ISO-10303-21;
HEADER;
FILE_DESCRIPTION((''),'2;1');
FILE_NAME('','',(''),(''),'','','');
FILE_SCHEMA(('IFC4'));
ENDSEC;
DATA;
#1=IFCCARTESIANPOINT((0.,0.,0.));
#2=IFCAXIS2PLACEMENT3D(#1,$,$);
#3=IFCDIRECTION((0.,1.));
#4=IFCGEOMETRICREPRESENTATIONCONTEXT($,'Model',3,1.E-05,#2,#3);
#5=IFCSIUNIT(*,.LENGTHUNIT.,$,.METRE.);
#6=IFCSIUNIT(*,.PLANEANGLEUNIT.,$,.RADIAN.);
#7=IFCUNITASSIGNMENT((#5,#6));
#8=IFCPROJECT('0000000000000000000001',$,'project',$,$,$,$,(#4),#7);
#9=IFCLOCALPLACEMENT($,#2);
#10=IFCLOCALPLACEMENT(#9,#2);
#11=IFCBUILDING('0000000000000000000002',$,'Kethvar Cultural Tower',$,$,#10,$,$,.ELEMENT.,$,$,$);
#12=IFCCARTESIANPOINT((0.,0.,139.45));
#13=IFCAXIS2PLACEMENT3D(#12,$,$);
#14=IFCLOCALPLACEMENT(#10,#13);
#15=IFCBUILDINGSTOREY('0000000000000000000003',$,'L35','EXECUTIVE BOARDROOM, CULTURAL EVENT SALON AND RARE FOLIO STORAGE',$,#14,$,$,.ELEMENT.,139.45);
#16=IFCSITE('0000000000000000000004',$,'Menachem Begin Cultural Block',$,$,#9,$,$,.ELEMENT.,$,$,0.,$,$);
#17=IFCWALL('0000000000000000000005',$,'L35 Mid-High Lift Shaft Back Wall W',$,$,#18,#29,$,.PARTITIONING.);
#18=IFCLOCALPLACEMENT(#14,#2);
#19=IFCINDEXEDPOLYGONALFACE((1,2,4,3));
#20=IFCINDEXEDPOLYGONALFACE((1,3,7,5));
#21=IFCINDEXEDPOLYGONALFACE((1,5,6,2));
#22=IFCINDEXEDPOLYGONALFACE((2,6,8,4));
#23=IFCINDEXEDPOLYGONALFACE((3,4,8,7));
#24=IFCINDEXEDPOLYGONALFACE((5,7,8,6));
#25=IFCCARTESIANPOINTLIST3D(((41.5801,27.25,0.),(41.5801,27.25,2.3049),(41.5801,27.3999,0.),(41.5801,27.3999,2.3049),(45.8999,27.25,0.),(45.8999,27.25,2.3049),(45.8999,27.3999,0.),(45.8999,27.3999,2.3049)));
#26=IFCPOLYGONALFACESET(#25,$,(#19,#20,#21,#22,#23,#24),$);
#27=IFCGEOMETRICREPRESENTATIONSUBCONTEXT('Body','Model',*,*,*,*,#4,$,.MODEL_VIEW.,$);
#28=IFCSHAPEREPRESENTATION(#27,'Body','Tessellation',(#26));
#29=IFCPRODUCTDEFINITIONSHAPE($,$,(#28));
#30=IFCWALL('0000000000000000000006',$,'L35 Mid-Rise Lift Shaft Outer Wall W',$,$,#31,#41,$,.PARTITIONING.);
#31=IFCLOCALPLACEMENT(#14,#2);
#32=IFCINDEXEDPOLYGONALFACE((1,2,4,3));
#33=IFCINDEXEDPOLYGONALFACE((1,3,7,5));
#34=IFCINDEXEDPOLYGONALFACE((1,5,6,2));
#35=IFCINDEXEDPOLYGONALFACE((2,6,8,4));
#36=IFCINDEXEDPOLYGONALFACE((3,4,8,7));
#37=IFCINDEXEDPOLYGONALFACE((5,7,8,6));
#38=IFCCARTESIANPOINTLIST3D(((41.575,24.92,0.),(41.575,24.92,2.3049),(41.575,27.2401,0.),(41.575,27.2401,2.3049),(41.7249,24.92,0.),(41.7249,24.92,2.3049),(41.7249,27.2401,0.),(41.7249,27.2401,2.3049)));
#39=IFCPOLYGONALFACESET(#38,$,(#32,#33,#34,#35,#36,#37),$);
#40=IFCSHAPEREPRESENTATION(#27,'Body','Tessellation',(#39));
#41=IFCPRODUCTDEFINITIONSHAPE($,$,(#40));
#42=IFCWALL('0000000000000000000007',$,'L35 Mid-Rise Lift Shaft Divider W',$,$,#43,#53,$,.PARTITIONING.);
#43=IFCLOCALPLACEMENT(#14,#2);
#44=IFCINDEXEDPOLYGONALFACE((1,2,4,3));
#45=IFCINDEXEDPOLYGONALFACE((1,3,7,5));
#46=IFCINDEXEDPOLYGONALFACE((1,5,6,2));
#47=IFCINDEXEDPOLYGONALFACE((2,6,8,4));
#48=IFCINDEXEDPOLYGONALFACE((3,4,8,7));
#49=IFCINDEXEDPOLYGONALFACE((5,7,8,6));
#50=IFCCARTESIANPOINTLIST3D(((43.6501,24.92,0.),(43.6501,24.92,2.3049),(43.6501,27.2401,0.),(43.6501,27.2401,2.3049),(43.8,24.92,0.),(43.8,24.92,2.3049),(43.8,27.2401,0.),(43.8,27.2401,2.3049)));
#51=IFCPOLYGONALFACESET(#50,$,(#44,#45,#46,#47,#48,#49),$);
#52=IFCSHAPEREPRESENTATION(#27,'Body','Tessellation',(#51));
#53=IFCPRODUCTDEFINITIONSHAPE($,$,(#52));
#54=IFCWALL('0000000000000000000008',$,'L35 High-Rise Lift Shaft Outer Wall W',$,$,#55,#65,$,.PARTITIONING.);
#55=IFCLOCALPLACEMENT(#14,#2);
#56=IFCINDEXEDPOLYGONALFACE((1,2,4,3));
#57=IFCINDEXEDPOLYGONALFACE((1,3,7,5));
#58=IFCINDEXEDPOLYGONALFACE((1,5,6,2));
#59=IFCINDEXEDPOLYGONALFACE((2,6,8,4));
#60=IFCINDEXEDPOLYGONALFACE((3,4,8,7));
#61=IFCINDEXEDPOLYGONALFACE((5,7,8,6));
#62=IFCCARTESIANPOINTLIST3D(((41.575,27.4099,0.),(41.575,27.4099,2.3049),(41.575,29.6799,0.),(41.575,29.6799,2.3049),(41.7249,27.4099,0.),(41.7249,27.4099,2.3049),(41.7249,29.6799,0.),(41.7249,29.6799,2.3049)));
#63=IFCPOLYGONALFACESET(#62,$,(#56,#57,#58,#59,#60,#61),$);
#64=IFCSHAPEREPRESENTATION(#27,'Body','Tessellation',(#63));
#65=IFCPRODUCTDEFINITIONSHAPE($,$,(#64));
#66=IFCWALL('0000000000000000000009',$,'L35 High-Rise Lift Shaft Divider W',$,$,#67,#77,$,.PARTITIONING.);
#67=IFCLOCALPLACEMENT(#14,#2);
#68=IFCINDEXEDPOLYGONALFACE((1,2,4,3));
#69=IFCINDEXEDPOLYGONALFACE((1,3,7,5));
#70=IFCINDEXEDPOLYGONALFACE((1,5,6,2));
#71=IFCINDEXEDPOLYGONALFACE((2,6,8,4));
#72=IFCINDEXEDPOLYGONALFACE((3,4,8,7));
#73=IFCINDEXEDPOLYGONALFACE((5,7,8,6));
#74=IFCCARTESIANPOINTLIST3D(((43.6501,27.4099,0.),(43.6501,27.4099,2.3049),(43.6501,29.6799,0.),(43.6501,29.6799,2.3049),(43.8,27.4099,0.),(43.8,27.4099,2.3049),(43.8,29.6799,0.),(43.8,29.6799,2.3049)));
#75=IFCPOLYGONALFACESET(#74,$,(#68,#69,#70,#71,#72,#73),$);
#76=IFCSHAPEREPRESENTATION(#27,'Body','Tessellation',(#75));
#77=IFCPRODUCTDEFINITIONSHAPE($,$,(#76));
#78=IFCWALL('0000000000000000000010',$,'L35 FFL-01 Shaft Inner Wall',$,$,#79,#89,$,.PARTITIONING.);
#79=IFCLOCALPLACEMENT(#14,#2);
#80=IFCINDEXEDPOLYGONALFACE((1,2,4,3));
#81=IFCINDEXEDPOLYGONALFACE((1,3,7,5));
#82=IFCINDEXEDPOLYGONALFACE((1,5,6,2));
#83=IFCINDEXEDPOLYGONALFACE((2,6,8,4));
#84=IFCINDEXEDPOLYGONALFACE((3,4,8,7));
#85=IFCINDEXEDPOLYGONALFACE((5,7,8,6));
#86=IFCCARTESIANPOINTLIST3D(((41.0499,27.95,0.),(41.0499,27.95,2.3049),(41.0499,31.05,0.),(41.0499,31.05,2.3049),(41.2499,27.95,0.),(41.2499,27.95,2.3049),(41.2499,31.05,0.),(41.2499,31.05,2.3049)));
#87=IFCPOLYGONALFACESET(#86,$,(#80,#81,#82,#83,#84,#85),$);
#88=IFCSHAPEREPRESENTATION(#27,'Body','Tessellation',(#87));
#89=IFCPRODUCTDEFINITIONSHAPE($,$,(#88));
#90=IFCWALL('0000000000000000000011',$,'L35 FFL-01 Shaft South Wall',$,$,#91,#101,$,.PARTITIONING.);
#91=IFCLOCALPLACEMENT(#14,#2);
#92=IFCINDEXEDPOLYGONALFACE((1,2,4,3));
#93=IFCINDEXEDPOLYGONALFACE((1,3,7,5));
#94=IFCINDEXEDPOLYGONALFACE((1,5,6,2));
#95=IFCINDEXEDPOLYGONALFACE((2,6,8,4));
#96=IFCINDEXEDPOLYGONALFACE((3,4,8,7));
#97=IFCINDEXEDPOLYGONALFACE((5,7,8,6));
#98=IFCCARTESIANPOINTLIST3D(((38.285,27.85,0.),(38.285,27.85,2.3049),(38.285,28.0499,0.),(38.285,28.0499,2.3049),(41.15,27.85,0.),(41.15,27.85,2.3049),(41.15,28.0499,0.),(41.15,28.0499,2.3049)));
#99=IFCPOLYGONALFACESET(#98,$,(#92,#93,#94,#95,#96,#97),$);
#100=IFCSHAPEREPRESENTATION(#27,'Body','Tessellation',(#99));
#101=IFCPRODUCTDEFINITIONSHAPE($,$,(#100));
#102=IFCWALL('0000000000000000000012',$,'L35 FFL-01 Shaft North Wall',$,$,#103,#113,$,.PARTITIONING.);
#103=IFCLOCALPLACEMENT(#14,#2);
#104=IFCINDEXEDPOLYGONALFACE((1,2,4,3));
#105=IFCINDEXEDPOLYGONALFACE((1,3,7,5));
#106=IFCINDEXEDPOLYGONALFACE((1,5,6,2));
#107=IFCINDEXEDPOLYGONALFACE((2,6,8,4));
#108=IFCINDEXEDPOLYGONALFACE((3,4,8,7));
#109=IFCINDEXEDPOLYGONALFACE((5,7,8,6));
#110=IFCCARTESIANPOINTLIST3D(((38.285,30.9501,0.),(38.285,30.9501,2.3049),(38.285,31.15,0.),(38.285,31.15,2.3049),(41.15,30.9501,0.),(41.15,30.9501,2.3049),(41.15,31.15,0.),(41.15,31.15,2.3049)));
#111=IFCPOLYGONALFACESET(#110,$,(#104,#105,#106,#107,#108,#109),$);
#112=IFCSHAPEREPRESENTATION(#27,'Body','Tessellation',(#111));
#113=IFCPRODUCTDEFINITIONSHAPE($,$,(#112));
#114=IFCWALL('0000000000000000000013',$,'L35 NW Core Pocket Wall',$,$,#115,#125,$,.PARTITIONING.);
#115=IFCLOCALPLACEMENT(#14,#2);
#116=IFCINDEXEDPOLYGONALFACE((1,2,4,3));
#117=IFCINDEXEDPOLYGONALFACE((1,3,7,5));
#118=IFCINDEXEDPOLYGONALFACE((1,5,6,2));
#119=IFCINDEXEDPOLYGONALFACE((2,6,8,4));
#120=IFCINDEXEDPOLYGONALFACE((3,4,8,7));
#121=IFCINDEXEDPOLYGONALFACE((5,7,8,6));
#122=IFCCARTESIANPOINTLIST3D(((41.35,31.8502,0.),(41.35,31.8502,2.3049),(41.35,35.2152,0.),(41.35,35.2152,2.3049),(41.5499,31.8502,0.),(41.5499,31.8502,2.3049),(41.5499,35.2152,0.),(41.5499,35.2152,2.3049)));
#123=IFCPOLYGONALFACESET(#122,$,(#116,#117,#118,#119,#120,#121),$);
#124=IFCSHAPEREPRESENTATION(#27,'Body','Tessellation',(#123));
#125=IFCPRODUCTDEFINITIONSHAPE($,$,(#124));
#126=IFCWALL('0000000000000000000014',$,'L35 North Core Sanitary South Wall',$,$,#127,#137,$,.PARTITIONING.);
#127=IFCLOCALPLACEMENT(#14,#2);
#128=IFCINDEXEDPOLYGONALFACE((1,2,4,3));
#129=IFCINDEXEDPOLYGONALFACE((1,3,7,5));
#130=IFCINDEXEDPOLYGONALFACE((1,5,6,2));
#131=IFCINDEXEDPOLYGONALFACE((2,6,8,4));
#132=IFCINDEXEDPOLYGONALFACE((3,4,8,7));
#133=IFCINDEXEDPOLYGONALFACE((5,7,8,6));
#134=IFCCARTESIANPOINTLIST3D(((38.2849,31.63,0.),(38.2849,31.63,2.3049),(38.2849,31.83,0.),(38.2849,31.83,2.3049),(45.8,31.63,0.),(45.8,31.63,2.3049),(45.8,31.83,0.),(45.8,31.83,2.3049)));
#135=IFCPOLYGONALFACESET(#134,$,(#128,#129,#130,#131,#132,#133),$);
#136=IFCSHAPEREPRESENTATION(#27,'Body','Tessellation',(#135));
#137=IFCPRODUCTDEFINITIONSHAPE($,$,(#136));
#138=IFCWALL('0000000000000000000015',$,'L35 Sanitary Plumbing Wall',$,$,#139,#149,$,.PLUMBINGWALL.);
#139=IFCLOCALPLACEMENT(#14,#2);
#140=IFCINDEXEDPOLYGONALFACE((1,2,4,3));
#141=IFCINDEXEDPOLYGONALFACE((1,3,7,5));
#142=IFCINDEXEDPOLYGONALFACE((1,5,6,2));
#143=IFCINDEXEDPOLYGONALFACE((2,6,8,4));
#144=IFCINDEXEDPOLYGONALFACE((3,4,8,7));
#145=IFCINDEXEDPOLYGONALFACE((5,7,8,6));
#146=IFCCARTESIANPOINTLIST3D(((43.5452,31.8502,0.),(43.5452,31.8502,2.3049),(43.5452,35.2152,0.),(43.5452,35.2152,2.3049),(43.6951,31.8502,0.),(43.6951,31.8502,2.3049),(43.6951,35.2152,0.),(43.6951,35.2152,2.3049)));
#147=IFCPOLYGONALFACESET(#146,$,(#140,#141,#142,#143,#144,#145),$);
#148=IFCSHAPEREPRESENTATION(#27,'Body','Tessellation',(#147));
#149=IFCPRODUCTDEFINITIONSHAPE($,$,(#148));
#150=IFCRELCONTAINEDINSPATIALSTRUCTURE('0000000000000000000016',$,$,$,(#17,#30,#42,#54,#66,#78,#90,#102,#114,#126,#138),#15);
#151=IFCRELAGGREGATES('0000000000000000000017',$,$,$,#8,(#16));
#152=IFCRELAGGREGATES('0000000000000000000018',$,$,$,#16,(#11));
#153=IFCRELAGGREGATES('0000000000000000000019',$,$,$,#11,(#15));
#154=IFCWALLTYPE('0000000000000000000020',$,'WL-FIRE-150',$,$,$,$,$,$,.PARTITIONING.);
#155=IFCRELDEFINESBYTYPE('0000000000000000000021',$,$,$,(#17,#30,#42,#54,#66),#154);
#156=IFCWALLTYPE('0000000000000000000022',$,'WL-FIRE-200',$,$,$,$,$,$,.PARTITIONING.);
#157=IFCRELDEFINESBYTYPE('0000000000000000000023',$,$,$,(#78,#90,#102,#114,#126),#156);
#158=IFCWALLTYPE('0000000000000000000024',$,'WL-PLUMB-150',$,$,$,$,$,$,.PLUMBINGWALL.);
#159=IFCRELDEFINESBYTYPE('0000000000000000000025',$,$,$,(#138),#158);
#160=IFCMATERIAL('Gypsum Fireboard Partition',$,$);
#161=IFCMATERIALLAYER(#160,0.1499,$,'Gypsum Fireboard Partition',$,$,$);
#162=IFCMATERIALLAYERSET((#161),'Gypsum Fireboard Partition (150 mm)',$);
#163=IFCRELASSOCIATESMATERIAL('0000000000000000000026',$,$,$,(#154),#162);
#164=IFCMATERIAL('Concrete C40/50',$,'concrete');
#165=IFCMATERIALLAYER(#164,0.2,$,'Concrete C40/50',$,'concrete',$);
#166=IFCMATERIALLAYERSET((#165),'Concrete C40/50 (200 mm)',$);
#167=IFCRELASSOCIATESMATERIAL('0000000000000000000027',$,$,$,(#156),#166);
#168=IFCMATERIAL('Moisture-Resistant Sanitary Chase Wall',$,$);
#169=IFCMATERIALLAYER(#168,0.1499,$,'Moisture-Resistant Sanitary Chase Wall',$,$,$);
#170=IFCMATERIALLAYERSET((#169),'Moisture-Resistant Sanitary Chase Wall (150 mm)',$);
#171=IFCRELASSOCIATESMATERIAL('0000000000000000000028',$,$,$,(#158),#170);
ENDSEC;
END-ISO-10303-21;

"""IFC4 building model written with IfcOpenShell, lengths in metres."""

from ifc_helpers import new_model, si_unit, direction, frame, frame_2d, origin, place, context, subcontext, project, spatial, rectangle, extrude, material, layer, layer_set, type_object, element, save


model = new_model("IFC4")

# Units and contexts
model_context = context("Model", 3, precision=1e-05, world=origin(), true_north=direction((0.0, 1.0)))
body_context = subcontext(model_context, "Body", "Model", "MODEL_VIEW")
ifc_project = project(units=[si_unit("LENGTHUNIT", "METRE"), si_unit("PLANEANGLEUNIT", "RADIAN")], contexts=[model_context])

# Site, building, storey
site_placement = place(None, origin())
site = spatial("IfcSite", under=ifc_project, at=site_placement, Name="Menachem Begin Cultural Block", CompositionType="ELEMENT", RefElevation=0.0)
building_placement = place(site_placement, origin())
building = spatial("IfcBuilding", under=site, at=building_placement, Name="Kethvar Cultural Tower", CompositionType="ELEMENT")
storey_placement = place(building_placement, frame((0.0, 0.0, 139.45)))
storey = spatial("IfcBuildingStorey", under=building, at=storey_placement, Name="L35", Description="EXECUTIVE BOARDROOM, CULTURAL EVENT SALON AND RARE FOLIO STORAGE", CompositionType="ELEMENT", Elevation=139.45)

# Walls
ifc_material_1 = material(Name="Gypsum Fireboard Partition")
ifc_layer_1 = layer(ifc_material_1, 0.1499, Name="Gypsum Fireboard Partition")
ifc_layer_set_1 = layer_set([ifc_layer_1], Name="Gypsum Fireboard Partition (150 mm)")
wall_type_1 = type_object("IfcWallType", Name="WL-FIRE-150", PredefinedType="PARTITIONING", material=ifc_layer_set_1)
wall_1_placement = place(storey_placement, frame((41.5801, 27.325, 0.0), z_axis=(0.0, 0.0, 1.0), x_axis=(1.0, 0.0, 0.0)))
element("IfcWall", 1, at=wall_1_placement, inside=storey, type_object=wall_type_1, Name="L35 Mid-High Lift Shaft Back Wall W", PredefinedType="PARTITIONING", context=body_context, shape_type="SweptSolid", body=[
    extrude(rectangle(XDim=4.3198, YDim=0.1499, at=frame_2d((2.1599, 0.0))), origin(), (0.0, 0.0, 1.0), 2.3049),
])
for number, where, z_axis, x_axis, name in (
    (2, (41.6499, 24.9199, 0.0), (0.0, 0.0, 1.0), (0.0, 1.0, 0.0), "L35 Mid-Rise Lift Shaft Outer Wall W"),
    (3, (43.7251, 24.9199, 0.0), (0.0, 0.0, 1.0), (0.0, 1.0, 0.0), "L35 Mid-Rise Lift Shaft Divider W"),
):
    element("IfcWall", number, at=place(storey_placement, frame(where, z_axis=z_axis, x_axis=x_axis)), inside=storey, type_object=wall_type_1, Name=name, PredefinedType="PARTITIONING", context=body_context, shape_type="SweptSolid", body=[
        extrude(rectangle(XDim=2.3201, YDim=0.1499, at=frame_2d((1.1602, 0.0))), origin(), (0.0, 0.0, 1.0), 2.3049),
    ])
for number, where, z_axis, x_axis, name in (
    (4, (41.6499, 27.4099, 0.0), (0.0, 0.0, 1.0), (0.0, 1.0, 0.0), "L35 High-Rise Lift Shaft Outer Wall W"),
    (5, (43.7251, 27.4099, 0.0), (0.0, 0.0, 1.0), (0.0, 1.0, 0.0), "L35 High-Rise Lift Shaft Divider W"),
):
    element("IfcWall", number, at=place(storey_placement, frame(where, z_axis=z_axis, x_axis=x_axis)), inside=storey, type_object=wall_type_1, Name=name, PredefinedType="PARTITIONING", context=body_context, shape_type="SweptSolid", body=[
        extrude(rectangle(XDim=2.27, YDim=0.1499, at=frame_2d((1.135, 0.0))), origin(), (0.0, 0.0, 1.0), 2.3049),
    ])
ifc_material_2 = material(Name="Concrete C40/50", Category="concrete")
ifc_layer_2 = layer(ifc_material_2, 0.2, Name="Concrete C40/50", Category="concrete")
ifc_layer_set_2 = layer_set([ifc_layer_2], Name="Concrete C40/50 (200 mm)")
wall_type_2 = type_object("IfcWallType", Name="WL-FIRE-200", PredefinedType="PARTITIONING", material=ifc_layer_set_2)
wall_2_placement = place(storey_placement, frame((41.1499, 27.95, 0.0), z_axis=(0.0, 0.0, 1.0), x_axis=(0.0, 1.0, 0.0)))
element("IfcWall", 6, at=wall_2_placement, inside=storey, type_object=wall_type_2, Name="L35 FFL-01 Shaft Inner Wall", PredefinedType="PARTITIONING", context=body_context, shape_type="SweptSolid", body=[
    extrude(rectangle(XDim=3.1001, YDim=0.2, at=frame_2d((1.55, 0.0))), origin(), (0.0, 0.0, 1.0), 2.3049),
])
for number, where, z_axis, x_axis, name in (
    (7, (38.2849, 27.95, 0.0), (0.0, 0.0, 1.0), (1.0, 0.0, 0.0), "L35 FFL-01 Shaft South Wall"),
    (8, (38.2849, 31.05, 0.0), (0.0, 0.0, 1.0), (1.0, 0.0, 0.0), "L35 FFL-01 Shaft North Wall"),
):
    element("IfcWall", number, at=place(storey_placement, frame(where, z_axis=z_axis, x_axis=x_axis)), inside=storey, type_object=wall_type_2, Name=name, PredefinedType="PARTITIONING", context=body_context, shape_type="SweptSolid", body=[
        extrude(rectangle(XDim=2.865, YDim=0.2, at=frame_2d((1.4326, 0.0))), origin(), (0.0, 0.0, 1.0), 2.3049),
    ])
wall_3_placement = place(storey_placement, frame((41.45, 31.8501, 0.0), z_axis=(0.0, 0.0, 1.0), x_axis=(0.0, 1.0, 0.0)))
element("IfcWall", 9, at=wall_3_placement, inside=storey, type_object=wall_type_2, Name="L35 NW Core Pocket Wall", PredefinedType="PARTITIONING", context=body_context, shape_type="SweptSolid", body=[
    extrude(rectangle(XDim=3.365, YDim=0.2, at=frame_2d((1.6826, 0.0))), origin(), (0.0, 0.0, 1.0), 2.3049),
])
wall_4_placement = place(storey_placement, frame((38.2849, 31.73, 0.0), z_axis=(0.0, 0.0, 1.0), x_axis=(1.0, 0.0, 0.0)))
element("IfcWall", 10, at=wall_4_placement, inside=storey, type_object=wall_type_2, Name="L35 North Core Sanitary South Wall", PredefinedType="PARTITIONING", context=body_context, shape_type="SweptSolid", body=[
    extrude(rectangle(XDim=7.5151, YDim=0.2, at=frame_2d((3.7576, 0.0))), origin(), (0.0, 0.0, 1.0), 2.3049),
])
ifc_material_3 = material(Name="Moisture-Resistant Sanitary Chase Wall")
ifc_layer_3 = layer(ifc_material_3, 0.1499, Name="Moisture-Resistant Sanitary Chase Wall")
ifc_layer_set_3 = layer_set([ifc_layer_3], Name="Moisture-Resistant Sanitary Chase Wall (150 mm)")
wall_type_3 = type_object("IfcWallType", Name="WL-PLUMB-150", PredefinedType="PLUMBINGWALL", material=ifc_layer_set_3)
wall_5_placement = place(storey_placement, frame((43.6201, 31.8501, 0.0), z_axis=(0.0, 0.0, 1.0), x_axis=(0.0, 1.0, 0.0)))
element("IfcWall", 11, at=wall_5_placement, inside=storey, type_object=wall_type_3, Name="L35 Sanitary Plumbing Wall", PredefinedType="PLUMBINGWALL", context=body_context, shape_type="SweptSolid", body=[
    extrude(rectangle(XDim=3.365, YDim=0.1499, at=frame_2d((1.6826, 0.0))), origin(), (0.0, 0.0, 1.0), 2.3049),
])

save(model, "model.ifc")
